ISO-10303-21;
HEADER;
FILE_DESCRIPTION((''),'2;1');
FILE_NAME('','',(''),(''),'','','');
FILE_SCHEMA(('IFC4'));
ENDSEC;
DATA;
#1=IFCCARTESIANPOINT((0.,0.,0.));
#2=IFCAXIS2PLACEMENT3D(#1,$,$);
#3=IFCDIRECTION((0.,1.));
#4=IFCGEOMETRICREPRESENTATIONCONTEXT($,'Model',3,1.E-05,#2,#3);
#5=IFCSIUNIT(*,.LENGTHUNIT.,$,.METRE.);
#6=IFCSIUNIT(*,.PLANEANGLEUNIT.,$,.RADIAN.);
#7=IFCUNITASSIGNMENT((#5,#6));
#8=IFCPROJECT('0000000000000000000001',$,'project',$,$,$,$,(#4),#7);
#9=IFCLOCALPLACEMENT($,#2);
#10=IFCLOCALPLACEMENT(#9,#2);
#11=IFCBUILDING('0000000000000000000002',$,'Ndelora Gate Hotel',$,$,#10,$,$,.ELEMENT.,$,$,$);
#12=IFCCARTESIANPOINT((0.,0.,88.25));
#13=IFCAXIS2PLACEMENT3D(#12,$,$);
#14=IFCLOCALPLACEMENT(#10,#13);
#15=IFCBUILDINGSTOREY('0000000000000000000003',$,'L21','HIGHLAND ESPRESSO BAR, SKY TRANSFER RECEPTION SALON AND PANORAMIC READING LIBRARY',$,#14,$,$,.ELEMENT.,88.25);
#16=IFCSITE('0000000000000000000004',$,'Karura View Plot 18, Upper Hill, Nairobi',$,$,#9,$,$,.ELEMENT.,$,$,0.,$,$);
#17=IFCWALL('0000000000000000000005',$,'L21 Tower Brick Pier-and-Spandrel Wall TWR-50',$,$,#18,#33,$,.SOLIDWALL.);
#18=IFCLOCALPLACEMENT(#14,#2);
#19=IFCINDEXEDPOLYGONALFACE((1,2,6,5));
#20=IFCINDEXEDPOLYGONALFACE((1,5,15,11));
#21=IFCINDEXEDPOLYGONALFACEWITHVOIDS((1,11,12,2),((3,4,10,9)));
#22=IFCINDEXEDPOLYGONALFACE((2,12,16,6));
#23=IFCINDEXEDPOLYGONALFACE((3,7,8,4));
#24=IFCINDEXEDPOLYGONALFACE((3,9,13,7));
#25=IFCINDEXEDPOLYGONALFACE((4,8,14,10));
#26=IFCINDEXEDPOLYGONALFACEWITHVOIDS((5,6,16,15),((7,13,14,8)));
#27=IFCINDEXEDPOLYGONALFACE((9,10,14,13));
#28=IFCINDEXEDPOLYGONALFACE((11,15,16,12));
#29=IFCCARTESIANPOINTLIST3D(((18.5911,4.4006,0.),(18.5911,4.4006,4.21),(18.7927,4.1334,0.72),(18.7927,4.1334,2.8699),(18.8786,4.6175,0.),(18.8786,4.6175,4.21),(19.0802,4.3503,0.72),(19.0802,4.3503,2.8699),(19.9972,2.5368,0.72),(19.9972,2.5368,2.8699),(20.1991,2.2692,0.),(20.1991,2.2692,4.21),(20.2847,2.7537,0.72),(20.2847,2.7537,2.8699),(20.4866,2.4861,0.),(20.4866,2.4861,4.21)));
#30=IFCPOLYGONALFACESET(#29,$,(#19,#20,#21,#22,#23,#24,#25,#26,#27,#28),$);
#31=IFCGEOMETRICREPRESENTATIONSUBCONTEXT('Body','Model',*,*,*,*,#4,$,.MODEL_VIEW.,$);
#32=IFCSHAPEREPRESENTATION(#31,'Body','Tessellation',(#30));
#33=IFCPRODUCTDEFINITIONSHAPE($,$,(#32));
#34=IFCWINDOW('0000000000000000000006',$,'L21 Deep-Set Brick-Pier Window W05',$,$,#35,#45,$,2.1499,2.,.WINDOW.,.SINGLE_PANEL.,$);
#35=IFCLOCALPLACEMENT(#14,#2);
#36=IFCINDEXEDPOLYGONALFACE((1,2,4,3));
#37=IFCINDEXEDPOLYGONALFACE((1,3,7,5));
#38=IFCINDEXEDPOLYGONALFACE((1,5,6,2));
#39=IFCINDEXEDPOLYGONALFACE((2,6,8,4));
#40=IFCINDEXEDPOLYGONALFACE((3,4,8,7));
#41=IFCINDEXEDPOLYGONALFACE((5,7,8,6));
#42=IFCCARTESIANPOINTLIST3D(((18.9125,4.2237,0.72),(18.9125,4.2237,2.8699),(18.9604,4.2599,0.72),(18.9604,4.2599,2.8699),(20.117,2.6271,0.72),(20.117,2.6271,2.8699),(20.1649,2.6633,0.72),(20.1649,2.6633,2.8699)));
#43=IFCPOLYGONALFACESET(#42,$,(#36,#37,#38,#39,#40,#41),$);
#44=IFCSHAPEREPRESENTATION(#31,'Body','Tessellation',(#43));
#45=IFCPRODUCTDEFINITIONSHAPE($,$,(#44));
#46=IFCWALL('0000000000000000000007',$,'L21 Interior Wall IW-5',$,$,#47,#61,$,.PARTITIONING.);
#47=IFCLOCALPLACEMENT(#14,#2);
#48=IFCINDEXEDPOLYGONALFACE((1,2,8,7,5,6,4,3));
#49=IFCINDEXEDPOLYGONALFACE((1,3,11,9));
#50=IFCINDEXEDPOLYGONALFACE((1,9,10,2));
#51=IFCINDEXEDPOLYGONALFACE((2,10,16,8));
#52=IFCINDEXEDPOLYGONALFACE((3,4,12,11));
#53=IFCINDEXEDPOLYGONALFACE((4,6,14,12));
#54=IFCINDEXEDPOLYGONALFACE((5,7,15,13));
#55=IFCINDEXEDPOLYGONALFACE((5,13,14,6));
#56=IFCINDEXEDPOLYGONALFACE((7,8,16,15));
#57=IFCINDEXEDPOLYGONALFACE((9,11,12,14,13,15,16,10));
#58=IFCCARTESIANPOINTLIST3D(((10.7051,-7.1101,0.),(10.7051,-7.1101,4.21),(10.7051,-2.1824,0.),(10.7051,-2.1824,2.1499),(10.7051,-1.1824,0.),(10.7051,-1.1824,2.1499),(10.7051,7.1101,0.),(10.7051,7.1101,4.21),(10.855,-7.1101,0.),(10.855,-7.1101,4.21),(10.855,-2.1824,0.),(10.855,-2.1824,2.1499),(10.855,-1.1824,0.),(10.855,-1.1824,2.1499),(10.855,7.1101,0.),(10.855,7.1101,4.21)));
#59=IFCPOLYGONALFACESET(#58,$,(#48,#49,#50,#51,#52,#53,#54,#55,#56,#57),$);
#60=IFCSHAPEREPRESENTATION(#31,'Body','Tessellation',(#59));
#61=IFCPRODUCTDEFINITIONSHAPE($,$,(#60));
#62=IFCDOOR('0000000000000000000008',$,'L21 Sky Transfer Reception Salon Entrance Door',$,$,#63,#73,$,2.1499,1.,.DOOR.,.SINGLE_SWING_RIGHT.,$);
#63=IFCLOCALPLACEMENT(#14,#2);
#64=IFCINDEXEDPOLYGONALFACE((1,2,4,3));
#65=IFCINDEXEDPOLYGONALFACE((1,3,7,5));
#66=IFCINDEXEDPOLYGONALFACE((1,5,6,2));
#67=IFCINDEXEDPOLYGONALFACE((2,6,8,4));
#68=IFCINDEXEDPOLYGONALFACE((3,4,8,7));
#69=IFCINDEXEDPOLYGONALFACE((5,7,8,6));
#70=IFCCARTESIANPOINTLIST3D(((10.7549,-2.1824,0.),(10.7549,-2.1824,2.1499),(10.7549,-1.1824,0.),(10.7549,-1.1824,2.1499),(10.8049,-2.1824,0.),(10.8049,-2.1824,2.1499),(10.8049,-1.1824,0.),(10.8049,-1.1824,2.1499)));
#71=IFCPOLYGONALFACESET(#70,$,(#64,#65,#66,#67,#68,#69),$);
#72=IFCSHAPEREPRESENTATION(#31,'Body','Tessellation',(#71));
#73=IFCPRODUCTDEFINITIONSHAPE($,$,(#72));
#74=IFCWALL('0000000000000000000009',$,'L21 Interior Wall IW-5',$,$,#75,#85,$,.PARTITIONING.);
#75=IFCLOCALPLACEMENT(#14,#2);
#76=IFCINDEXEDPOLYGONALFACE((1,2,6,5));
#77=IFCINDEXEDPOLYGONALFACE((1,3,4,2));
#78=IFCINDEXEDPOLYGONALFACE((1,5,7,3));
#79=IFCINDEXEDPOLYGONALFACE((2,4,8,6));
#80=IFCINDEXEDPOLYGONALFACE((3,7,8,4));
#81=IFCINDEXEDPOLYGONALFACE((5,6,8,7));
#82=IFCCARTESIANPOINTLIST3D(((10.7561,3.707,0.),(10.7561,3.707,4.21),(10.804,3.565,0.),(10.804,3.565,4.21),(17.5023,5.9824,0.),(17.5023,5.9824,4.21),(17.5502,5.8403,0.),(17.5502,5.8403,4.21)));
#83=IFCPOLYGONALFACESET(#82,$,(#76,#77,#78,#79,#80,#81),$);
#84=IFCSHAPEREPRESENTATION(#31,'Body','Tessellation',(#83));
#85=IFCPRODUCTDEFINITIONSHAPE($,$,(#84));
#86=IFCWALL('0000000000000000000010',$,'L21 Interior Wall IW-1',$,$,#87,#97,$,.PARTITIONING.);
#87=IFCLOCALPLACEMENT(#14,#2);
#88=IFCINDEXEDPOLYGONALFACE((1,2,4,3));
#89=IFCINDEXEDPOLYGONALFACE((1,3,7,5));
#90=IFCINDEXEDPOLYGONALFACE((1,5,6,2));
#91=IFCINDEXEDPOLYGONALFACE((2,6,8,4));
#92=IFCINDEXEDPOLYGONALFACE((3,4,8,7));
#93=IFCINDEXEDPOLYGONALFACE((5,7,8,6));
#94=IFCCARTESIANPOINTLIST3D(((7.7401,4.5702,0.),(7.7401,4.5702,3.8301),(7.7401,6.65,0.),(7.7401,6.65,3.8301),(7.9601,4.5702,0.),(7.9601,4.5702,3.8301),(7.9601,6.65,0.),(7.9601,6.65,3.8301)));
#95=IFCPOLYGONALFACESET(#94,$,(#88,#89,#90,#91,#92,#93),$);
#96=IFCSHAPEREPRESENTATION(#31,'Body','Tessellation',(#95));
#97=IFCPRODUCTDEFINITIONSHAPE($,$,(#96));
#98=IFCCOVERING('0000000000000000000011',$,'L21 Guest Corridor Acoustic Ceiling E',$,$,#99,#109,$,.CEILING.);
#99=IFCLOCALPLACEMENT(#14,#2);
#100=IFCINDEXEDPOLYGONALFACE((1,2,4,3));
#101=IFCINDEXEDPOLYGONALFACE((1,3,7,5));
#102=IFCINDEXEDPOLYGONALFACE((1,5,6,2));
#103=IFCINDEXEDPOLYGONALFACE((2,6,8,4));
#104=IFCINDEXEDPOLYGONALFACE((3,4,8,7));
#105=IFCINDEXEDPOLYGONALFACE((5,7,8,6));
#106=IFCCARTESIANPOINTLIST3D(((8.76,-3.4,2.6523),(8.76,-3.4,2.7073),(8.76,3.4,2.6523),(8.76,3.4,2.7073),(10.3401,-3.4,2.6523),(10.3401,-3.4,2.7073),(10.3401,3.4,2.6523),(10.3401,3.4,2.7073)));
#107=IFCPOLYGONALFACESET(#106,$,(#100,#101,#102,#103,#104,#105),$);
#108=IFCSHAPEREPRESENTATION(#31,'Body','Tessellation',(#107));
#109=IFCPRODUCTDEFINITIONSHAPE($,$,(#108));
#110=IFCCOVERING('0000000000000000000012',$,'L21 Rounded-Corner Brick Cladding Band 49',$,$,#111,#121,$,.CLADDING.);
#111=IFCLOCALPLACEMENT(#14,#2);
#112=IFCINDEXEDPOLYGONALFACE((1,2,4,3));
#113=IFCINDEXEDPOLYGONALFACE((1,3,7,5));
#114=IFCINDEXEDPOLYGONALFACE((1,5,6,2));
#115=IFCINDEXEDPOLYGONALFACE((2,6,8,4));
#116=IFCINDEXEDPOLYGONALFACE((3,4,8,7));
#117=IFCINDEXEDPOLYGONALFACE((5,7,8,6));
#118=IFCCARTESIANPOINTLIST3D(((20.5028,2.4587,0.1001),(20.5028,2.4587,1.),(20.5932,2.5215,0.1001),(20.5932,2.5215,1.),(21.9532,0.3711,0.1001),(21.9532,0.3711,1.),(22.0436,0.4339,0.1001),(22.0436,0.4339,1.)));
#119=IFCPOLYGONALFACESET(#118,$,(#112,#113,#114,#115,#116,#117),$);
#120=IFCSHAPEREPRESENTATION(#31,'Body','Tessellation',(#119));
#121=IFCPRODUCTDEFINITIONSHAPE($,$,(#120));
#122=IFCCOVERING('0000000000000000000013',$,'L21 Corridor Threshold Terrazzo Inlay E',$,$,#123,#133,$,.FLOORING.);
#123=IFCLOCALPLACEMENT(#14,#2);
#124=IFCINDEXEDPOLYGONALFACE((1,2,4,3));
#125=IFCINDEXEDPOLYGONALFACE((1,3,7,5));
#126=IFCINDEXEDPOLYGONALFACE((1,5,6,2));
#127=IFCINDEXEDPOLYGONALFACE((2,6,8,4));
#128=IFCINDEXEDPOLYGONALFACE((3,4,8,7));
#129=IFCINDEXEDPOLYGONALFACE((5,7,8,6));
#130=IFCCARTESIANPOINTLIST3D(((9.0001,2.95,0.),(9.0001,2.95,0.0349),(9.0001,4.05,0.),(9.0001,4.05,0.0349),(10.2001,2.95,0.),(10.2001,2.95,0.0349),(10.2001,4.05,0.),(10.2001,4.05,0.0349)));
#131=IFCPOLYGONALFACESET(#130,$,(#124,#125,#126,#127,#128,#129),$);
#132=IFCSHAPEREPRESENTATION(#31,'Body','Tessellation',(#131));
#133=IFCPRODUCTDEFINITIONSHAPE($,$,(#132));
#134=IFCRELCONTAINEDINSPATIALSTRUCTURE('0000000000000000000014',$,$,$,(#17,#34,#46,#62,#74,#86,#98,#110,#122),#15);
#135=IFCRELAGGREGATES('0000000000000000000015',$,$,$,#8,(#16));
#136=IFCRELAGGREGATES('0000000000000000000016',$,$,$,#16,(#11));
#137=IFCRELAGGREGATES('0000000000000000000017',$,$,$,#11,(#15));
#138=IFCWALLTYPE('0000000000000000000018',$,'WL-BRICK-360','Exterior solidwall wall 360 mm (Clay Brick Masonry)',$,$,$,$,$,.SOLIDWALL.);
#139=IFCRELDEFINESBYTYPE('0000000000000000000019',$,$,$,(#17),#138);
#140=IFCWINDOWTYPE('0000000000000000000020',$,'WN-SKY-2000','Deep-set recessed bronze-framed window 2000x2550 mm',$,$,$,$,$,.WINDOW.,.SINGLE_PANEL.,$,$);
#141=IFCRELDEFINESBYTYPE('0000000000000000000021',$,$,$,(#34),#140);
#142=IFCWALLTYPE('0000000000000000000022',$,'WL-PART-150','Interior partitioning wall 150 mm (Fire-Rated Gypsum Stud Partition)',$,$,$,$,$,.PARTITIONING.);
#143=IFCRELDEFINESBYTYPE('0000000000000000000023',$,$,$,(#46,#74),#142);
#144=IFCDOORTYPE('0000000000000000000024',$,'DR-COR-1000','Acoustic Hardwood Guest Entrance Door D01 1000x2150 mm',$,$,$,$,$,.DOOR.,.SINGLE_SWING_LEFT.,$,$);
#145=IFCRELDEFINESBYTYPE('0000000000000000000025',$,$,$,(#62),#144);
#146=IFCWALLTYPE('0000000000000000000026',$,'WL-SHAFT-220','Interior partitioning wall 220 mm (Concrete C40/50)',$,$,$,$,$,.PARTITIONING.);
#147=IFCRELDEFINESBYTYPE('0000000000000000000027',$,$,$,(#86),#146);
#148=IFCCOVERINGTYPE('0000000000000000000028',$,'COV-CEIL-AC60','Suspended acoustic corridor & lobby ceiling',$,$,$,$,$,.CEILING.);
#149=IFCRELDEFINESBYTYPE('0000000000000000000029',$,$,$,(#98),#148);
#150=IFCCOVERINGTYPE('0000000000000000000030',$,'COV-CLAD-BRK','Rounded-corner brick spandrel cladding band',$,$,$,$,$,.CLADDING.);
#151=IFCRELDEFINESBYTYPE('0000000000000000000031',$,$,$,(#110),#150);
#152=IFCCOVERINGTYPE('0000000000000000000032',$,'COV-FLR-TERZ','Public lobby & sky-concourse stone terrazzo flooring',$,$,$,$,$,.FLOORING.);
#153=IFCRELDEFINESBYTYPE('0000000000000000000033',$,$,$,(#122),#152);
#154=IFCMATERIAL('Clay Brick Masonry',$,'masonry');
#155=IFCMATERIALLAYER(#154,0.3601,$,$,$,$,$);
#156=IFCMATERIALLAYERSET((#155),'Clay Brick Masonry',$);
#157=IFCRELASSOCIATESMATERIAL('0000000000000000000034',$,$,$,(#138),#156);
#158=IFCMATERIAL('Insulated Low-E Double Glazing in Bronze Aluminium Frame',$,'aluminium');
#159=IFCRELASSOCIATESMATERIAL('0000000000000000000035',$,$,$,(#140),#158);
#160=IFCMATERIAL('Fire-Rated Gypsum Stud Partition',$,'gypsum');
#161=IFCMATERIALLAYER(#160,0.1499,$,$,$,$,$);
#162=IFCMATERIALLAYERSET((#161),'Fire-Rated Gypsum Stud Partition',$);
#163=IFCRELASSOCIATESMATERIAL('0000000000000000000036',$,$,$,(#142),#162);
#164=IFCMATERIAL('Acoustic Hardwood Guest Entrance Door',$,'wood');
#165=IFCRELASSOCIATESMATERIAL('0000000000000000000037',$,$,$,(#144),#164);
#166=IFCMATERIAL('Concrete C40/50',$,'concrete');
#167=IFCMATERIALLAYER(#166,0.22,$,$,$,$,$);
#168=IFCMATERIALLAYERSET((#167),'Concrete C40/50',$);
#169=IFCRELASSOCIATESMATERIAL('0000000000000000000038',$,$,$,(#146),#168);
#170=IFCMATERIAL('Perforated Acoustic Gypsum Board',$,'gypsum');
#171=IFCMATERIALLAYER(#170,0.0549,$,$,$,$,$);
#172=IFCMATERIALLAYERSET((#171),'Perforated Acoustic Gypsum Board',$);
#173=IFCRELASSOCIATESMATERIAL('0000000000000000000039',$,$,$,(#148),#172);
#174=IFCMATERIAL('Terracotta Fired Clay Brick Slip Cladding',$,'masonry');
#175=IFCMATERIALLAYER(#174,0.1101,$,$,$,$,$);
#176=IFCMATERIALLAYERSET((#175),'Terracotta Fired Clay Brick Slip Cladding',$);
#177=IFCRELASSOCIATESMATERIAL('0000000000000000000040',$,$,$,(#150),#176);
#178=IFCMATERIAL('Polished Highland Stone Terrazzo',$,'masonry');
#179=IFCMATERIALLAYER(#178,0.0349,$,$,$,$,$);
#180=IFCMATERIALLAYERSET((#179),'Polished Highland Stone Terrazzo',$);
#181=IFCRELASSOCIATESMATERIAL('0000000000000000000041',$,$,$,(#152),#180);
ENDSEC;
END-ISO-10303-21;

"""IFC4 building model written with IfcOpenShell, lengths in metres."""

from ifc_helpers import new_model, si_unit, direction, frame, frame_2d, origin, origin_2d, place, context, subcontext, project, spatial, rectangle, extrude, material, layer, layer_set, type_object, element, fill, save


model = new_model("IFC4")

# Units and contexts
model_context = context("Model", 3, precision=1e-05, world=origin(), true_north=direction((0.0, 1.0)))
body_context = subcontext(model_context, "Body", "Model", "MODEL_VIEW")
ifc_project = project(units=[si_unit("LENGTHUNIT", "METRE"), si_unit("PLANEANGLEUNIT", "RADIAN")], contexts=[model_context])

# Site, building, storey
site_placement = place(None, origin())
site = spatial("IfcSite", under=ifc_project, at=site_placement, Name="Karura View Plot 18, Upper Hill, Nairobi", CompositionType="ELEMENT", RefElevation=0.0)
building_placement = place(site_placement, origin())
building = spatial("IfcBuilding", under=site, at=building_placement, Name="Ndelora Gate Hotel", CompositionType="ELEMENT")
storey_placement = place(building_placement, frame((0.0, 0.0, 88.25)))
storey = spatial("IfcBuildingStorey", under=building, at=storey_placement, Name="L21", Description="HIGHLAND ESPRESSO BAR, SKY TRANSFER RECEPTION SALON AND PANORAMIC READING LIBRARY", CompositionType="ELEMENT", Elevation=88.25)

# Shared definitions
ifc_material_1 = material(Name="Clay Brick Masonry", Category="masonry")
ifc_layer_1 = layer(ifc_material_1, 0.3601)
ifc_layer_set_1 = layer_set([ifc_layer_1], Name="Clay Brick Masonry")
wall_type_1 = type_object("IfcWallType", Name="WL-BRICK-360", Description="Exterior solidwall wall 360 mm (Clay Brick Masonry)", PredefinedType="SOLIDWALL", material=ifc_layer_set_1)

# Wall, opening, window
wall_1_placement = place(storey_placement, frame((18.7349, 4.509, 0.0), z_axis=(0.0, 0.0, 1.0), x_axis=(0.602251, -0.798307, 0.0)))
wall_1 = element("IfcWall", 1, at=wall_1_placement, inside=storey, type_object=wall_type_1, Name="L21 Tower Brick Pier-and-Spandrel Wall TWR-50", PredefinedType="SOLIDWALL", context=body_context, shape_type="SweptSolid", body=[
    extrude(rectangle(XDim=2.6699, YDim=0.3601, at=frame_2d((1.335, 0.0))), origin(), (0.0, 0.0, 1.0), 4.21),
])
opening_1_placement = place(wall_1_placement, frame((0.3347, 0.0, 0.72)))
opening_1 = element("IfcOpeningElement", 2, at=opening_1_placement, cuts=wall_1, PredefinedType="OPENING", context=body_context, shape_type="SweptSolid", body=[
    extrude(rectangle(XDim=2.0, YDim=2.1499, at=frame_2d((1.0, 1.075))), frame((0.0, 0.1899, 0.0), z_axis=(0.0, -1.0, 0.0), x_axis=(1.0, 0.0, 0.0)), (0.0, 0.0, 1.0), 0.3801),
])
ifc_material_2 = material(Name="Insulated Low-E Double Glazing in Bronze Aluminium Frame", Category="aluminium")
window_type = type_object("IfcWindowType", Name="WN-SKY-2000", Description="Deep-set recessed bronze-framed window 2000x2550 mm", PartitioningType="SINGLE_PANEL", PredefinedType="WINDOW", material=ifc_material_2)
window_placement = place(opening_1_placement, origin())
window = element("IfcWindow", 3, at=window_placement, inside=storey, type_object=window_type, Name="L21 Deep-Set Brick-Pier Window W05", OverallHeight=2.1499, OverallWidth=2.0, PartitioningType="SINGLE_PANEL", PredefinedType="WINDOW", context=body_context, shape_type="SweptSolid", body=[
    extrude(rectangle(XDim=2.0, YDim=2.1499, at=frame_2d((1.0, 1.075))), frame((0.0, 0.03, 0.0), z_axis=(0.0, -1.0, 0.0), x_axis=(1.0, 0.0, 0.0)), (0.0, 0.0, 1.0), 0.0601),
])
fill(opening_1, window)

# Wall, opening, door
ifc_material_3 = material(Name="Concrete C40/50", Category="concrete")
ifc_material_4 = material(Name="Fire-Rated Gypsum Stud Partition", Category="gypsum")
ifc_layer_2 = layer(ifc_material_4, 0.1499)
ifc_layer_set_2 = layer_set([ifc_layer_2], Name="Fire-Rated Gypsum Stud Partition")
wall_type_2 = type_object("IfcWallType", Name="WL-PART-150", Description="Interior partitioning wall 150 mm (Fire-Rated Gypsum Stud Partition)", PredefinedType="PARTITIONING", material=ifc_layer_set_2)
wall_2_placement = place(storey_placement, frame((10.78, 7.1101, 0.0), z_axis=(0.0, 0.0, 1.0), x_axis=(0.0, -1.0, 0.0)))
wall_2 = element("IfcWall", 4, at=wall_2_placement, inside=storey, type_object=wall_type_2, Name="L21 Interior Wall IW-5", PredefinedType="PARTITIONING", context=body_context, shape_type="SweptSolid", body=[
    extrude(rectangle(XDim=14.2202, YDim=0.1499, at=frame_2d((7.1101, 0.0))), origin(), (0.0, 0.0, 1.0), 4.21),
])
opening_2_placement = place(wall_2_placement, frame((8.2925, 0.0, 0.0)))
opening_2 = element("IfcOpeningElement", 5, at=opening_2_placement, cuts=wall_2, PredefinedType="OPENING", context=body_context, shape_type="SweptSolid", body=[
    extrude(rectangle(XDim=1.0, YDim=2.1499, at=frame_2d((0.5, 1.075))), frame((0.0, 0.085, 0.0), z_axis=(0.0, -1.0, 0.0), x_axis=(1.0, 0.0, 0.0)), (0.0, 0.0, 1.0), 0.1699),
])
ifc_material_5 = material(Name="Acoustic Hardwood Guest Entrance Door", Category="wood")
door_type_1 = type_object("IfcDoorType", Name="DR-COR-1000", Description="Acoustic Hardwood Guest Entrance Door D01 1000x2150 mm", OperationType="SINGLE_SWING_LEFT", PredefinedType="DOOR", material=ifc_material_5)
door_1_placement = place(opening_2_placement, origin())
door_1 = element("IfcDoor", 6, at=door_1_placement, inside=storey, type_object=door_type_1, Name="L21 Sky Transfer Reception Salon Entrance Door", OperationType="SINGLE_SWING_RIGHT", OverallHeight=2.1499, OverallWidth=1.0, PredefinedType="DOOR", context=body_context, shape_type="SweptSolid", body=[
    extrude(rectangle(XDim=1.0, YDim=2.1499, at=frame_2d((0.5, 1.075))), frame((0.0, 0.0249, 0.0), z_axis=(0.0, -1.0, 0.0), x_axis=(1.0, 0.0, 0.0)), (0.0, 0.0, 1.0), 0.05),
])
fill(opening_2, door_1)

# Walls
wall_3_placement = place(storey_placement, frame((10.78, 3.636, 0.0), z_axis=(0.0, 0.0, 1.0), x_axis=(0.947556, 0.31959, 0.0)))
element("IfcWall", 7, at=wall_3_placement, inside=storey, type_object=wall_type_2, Name="L21 Interior Wall IW-5", PredefinedType="PARTITIONING", context=body_context, shape_type="SweptSolid", body=[
    extrude(rectangle(XDim=7.1196, YDim=0.1499, at=frame_2d((3.5598, 0.0))), origin(), (0.0, 0.0, 1.0), 4.21),
])
ifc_layer_3 = layer(ifc_material_3, 0.22)
ifc_layer_set_3 = layer_set([ifc_layer_3], Name="Concrete C40/50")
wall_type_3 = type_object("IfcWallType", Name="WL-SHAFT-220", Description="Interior partitioning wall 220 mm (Concrete C40/50)", PredefinedType="PARTITIONING", material=ifc_layer_set_3)
wall_4_placement = place(storey_placement, frame((7.8501, 4.5701, 0.0), z_axis=(0.0, 0.0, 1.0), x_axis=(0.0, 1.0, 0.0)))
element("IfcWall", 8, at=wall_4_placement, inside=storey, type_object=wall_type_3, Name="L21 Interior Wall IW-1", PredefinedType="PARTITIONING", context=body_context, shape_type="SweptSolid", body=[
    extrude(rectangle(XDim=2.0798, YDim=0.22, at=frame_2d((1.04, 0.0))), origin(), (0.0, 0.0, 1.0), 3.8301),
])

# Coverings
ifc_material_6 = material(Name="Perforated Acoustic Gypsum Board", Category="gypsum")
ifc_layer_4 = layer(ifc_material_6, 0.0549)
ifc_layer_set_4 = layer_set([ifc_layer_4], Name="Perforated Acoustic Gypsum Board")
covering_type_1 = type_object("IfcCoveringType", Name="COV-CEIL-AC60", Description="Suspended acoustic corridor & lobby ceiling", PredefinedType="CEILING", material=ifc_layer_set_4)
covering_1_placement = place(storey_placement, frame((9.55, 0.0, 2.6523), z_axis=(0.0, 0.0, 1.0), x_axis=(1.0, 0.0, 0.0)))
element("IfcCovering", 9, at=covering_1_placement, inside=storey, type_object=covering_type_1, Name="L21 Guest Corridor Acoustic Ceiling E", PredefinedType="CEILING", context=body_context, shape_type="SweptSolid", body=[
    extrude(rectangle(XDim=1.5801, YDim=6.8, at=origin_2d()), origin(), (0.0, 0.0, 1.0), 0.0549),
])
ifc_material_7 = material(Name="Terracotta Fired Clay Brick Slip Cladding", Category="masonry")
ifc_layer_5 = layer(ifc_material_7, 0.1101)
ifc_layer_set_5 = layer_set([ifc_layer_5], Name="Terracotta Fired Clay Brick Slip Cladding")
covering_type_2 = type_object("IfcCoveringType", Name="COV-CLAD-BRK", Description="Rounded-corner brick spandrel cladding band", PredefinedType="CLADDING", material=ifc_layer_set_5)
covering_2_placement = place(storey_placement, frame((21.2732, 1.4463, 0.1001), z_axis=(0.0, 0.0, 1.0), x_axis=(-0.57057, 0.821249, 0.0)))
element("IfcCovering", 10, at=covering_2_placement, inside=storey, type_object=covering_type_2, Name="L21 Rounded-Corner Brick Cladding Band 49", PredefinedType="CLADDING", context=body_context, shape_type="SweptSolid", body=[
    extrude(rectangle(XDim=2.542, YDim=0.1101, at=origin_2d()), origin(), (0.0, 0.0, 1.0), 0.8999),
])
ifc_material_8 = material(Name="Polished Highland Stone Terrazzo", Category="masonry")
ifc_layer_6 = layer(ifc_material_8, 0.0349)
ifc_layer_set_6 = layer_set([ifc_layer_6], Name="Polished Highland Stone Terrazzo")
covering_type_3 = type_object("IfcCoveringType", Name="COV-FLR-TERZ", Description="Public lobby & sky-concourse stone terrazzo flooring", PredefinedType="FLOORING", material=ifc_layer_set_6)
covering_3_placement = place(storey_placement, frame((9.6001, 3.5, 0.0), z_axis=(0.0, 0.0, 1.0), x_axis=(1.0, 0.0, 0.0)))
element("IfcCovering", 11, at=covering_3_placement, inside=storey, type_object=covering_type_3, Name="L21 Corridor Threshold Terrazzo Inlay E", PredefinedType="FLOORING", context=body_context, shape_type="SweptSolid", body=[
    extrude(rectangle(XDim=1.2, YDim=1.1001, at=origin_2d()), origin(), (0.0, 0.0, 1.0), 0.0349),
])

save(model, "model.ifc")
